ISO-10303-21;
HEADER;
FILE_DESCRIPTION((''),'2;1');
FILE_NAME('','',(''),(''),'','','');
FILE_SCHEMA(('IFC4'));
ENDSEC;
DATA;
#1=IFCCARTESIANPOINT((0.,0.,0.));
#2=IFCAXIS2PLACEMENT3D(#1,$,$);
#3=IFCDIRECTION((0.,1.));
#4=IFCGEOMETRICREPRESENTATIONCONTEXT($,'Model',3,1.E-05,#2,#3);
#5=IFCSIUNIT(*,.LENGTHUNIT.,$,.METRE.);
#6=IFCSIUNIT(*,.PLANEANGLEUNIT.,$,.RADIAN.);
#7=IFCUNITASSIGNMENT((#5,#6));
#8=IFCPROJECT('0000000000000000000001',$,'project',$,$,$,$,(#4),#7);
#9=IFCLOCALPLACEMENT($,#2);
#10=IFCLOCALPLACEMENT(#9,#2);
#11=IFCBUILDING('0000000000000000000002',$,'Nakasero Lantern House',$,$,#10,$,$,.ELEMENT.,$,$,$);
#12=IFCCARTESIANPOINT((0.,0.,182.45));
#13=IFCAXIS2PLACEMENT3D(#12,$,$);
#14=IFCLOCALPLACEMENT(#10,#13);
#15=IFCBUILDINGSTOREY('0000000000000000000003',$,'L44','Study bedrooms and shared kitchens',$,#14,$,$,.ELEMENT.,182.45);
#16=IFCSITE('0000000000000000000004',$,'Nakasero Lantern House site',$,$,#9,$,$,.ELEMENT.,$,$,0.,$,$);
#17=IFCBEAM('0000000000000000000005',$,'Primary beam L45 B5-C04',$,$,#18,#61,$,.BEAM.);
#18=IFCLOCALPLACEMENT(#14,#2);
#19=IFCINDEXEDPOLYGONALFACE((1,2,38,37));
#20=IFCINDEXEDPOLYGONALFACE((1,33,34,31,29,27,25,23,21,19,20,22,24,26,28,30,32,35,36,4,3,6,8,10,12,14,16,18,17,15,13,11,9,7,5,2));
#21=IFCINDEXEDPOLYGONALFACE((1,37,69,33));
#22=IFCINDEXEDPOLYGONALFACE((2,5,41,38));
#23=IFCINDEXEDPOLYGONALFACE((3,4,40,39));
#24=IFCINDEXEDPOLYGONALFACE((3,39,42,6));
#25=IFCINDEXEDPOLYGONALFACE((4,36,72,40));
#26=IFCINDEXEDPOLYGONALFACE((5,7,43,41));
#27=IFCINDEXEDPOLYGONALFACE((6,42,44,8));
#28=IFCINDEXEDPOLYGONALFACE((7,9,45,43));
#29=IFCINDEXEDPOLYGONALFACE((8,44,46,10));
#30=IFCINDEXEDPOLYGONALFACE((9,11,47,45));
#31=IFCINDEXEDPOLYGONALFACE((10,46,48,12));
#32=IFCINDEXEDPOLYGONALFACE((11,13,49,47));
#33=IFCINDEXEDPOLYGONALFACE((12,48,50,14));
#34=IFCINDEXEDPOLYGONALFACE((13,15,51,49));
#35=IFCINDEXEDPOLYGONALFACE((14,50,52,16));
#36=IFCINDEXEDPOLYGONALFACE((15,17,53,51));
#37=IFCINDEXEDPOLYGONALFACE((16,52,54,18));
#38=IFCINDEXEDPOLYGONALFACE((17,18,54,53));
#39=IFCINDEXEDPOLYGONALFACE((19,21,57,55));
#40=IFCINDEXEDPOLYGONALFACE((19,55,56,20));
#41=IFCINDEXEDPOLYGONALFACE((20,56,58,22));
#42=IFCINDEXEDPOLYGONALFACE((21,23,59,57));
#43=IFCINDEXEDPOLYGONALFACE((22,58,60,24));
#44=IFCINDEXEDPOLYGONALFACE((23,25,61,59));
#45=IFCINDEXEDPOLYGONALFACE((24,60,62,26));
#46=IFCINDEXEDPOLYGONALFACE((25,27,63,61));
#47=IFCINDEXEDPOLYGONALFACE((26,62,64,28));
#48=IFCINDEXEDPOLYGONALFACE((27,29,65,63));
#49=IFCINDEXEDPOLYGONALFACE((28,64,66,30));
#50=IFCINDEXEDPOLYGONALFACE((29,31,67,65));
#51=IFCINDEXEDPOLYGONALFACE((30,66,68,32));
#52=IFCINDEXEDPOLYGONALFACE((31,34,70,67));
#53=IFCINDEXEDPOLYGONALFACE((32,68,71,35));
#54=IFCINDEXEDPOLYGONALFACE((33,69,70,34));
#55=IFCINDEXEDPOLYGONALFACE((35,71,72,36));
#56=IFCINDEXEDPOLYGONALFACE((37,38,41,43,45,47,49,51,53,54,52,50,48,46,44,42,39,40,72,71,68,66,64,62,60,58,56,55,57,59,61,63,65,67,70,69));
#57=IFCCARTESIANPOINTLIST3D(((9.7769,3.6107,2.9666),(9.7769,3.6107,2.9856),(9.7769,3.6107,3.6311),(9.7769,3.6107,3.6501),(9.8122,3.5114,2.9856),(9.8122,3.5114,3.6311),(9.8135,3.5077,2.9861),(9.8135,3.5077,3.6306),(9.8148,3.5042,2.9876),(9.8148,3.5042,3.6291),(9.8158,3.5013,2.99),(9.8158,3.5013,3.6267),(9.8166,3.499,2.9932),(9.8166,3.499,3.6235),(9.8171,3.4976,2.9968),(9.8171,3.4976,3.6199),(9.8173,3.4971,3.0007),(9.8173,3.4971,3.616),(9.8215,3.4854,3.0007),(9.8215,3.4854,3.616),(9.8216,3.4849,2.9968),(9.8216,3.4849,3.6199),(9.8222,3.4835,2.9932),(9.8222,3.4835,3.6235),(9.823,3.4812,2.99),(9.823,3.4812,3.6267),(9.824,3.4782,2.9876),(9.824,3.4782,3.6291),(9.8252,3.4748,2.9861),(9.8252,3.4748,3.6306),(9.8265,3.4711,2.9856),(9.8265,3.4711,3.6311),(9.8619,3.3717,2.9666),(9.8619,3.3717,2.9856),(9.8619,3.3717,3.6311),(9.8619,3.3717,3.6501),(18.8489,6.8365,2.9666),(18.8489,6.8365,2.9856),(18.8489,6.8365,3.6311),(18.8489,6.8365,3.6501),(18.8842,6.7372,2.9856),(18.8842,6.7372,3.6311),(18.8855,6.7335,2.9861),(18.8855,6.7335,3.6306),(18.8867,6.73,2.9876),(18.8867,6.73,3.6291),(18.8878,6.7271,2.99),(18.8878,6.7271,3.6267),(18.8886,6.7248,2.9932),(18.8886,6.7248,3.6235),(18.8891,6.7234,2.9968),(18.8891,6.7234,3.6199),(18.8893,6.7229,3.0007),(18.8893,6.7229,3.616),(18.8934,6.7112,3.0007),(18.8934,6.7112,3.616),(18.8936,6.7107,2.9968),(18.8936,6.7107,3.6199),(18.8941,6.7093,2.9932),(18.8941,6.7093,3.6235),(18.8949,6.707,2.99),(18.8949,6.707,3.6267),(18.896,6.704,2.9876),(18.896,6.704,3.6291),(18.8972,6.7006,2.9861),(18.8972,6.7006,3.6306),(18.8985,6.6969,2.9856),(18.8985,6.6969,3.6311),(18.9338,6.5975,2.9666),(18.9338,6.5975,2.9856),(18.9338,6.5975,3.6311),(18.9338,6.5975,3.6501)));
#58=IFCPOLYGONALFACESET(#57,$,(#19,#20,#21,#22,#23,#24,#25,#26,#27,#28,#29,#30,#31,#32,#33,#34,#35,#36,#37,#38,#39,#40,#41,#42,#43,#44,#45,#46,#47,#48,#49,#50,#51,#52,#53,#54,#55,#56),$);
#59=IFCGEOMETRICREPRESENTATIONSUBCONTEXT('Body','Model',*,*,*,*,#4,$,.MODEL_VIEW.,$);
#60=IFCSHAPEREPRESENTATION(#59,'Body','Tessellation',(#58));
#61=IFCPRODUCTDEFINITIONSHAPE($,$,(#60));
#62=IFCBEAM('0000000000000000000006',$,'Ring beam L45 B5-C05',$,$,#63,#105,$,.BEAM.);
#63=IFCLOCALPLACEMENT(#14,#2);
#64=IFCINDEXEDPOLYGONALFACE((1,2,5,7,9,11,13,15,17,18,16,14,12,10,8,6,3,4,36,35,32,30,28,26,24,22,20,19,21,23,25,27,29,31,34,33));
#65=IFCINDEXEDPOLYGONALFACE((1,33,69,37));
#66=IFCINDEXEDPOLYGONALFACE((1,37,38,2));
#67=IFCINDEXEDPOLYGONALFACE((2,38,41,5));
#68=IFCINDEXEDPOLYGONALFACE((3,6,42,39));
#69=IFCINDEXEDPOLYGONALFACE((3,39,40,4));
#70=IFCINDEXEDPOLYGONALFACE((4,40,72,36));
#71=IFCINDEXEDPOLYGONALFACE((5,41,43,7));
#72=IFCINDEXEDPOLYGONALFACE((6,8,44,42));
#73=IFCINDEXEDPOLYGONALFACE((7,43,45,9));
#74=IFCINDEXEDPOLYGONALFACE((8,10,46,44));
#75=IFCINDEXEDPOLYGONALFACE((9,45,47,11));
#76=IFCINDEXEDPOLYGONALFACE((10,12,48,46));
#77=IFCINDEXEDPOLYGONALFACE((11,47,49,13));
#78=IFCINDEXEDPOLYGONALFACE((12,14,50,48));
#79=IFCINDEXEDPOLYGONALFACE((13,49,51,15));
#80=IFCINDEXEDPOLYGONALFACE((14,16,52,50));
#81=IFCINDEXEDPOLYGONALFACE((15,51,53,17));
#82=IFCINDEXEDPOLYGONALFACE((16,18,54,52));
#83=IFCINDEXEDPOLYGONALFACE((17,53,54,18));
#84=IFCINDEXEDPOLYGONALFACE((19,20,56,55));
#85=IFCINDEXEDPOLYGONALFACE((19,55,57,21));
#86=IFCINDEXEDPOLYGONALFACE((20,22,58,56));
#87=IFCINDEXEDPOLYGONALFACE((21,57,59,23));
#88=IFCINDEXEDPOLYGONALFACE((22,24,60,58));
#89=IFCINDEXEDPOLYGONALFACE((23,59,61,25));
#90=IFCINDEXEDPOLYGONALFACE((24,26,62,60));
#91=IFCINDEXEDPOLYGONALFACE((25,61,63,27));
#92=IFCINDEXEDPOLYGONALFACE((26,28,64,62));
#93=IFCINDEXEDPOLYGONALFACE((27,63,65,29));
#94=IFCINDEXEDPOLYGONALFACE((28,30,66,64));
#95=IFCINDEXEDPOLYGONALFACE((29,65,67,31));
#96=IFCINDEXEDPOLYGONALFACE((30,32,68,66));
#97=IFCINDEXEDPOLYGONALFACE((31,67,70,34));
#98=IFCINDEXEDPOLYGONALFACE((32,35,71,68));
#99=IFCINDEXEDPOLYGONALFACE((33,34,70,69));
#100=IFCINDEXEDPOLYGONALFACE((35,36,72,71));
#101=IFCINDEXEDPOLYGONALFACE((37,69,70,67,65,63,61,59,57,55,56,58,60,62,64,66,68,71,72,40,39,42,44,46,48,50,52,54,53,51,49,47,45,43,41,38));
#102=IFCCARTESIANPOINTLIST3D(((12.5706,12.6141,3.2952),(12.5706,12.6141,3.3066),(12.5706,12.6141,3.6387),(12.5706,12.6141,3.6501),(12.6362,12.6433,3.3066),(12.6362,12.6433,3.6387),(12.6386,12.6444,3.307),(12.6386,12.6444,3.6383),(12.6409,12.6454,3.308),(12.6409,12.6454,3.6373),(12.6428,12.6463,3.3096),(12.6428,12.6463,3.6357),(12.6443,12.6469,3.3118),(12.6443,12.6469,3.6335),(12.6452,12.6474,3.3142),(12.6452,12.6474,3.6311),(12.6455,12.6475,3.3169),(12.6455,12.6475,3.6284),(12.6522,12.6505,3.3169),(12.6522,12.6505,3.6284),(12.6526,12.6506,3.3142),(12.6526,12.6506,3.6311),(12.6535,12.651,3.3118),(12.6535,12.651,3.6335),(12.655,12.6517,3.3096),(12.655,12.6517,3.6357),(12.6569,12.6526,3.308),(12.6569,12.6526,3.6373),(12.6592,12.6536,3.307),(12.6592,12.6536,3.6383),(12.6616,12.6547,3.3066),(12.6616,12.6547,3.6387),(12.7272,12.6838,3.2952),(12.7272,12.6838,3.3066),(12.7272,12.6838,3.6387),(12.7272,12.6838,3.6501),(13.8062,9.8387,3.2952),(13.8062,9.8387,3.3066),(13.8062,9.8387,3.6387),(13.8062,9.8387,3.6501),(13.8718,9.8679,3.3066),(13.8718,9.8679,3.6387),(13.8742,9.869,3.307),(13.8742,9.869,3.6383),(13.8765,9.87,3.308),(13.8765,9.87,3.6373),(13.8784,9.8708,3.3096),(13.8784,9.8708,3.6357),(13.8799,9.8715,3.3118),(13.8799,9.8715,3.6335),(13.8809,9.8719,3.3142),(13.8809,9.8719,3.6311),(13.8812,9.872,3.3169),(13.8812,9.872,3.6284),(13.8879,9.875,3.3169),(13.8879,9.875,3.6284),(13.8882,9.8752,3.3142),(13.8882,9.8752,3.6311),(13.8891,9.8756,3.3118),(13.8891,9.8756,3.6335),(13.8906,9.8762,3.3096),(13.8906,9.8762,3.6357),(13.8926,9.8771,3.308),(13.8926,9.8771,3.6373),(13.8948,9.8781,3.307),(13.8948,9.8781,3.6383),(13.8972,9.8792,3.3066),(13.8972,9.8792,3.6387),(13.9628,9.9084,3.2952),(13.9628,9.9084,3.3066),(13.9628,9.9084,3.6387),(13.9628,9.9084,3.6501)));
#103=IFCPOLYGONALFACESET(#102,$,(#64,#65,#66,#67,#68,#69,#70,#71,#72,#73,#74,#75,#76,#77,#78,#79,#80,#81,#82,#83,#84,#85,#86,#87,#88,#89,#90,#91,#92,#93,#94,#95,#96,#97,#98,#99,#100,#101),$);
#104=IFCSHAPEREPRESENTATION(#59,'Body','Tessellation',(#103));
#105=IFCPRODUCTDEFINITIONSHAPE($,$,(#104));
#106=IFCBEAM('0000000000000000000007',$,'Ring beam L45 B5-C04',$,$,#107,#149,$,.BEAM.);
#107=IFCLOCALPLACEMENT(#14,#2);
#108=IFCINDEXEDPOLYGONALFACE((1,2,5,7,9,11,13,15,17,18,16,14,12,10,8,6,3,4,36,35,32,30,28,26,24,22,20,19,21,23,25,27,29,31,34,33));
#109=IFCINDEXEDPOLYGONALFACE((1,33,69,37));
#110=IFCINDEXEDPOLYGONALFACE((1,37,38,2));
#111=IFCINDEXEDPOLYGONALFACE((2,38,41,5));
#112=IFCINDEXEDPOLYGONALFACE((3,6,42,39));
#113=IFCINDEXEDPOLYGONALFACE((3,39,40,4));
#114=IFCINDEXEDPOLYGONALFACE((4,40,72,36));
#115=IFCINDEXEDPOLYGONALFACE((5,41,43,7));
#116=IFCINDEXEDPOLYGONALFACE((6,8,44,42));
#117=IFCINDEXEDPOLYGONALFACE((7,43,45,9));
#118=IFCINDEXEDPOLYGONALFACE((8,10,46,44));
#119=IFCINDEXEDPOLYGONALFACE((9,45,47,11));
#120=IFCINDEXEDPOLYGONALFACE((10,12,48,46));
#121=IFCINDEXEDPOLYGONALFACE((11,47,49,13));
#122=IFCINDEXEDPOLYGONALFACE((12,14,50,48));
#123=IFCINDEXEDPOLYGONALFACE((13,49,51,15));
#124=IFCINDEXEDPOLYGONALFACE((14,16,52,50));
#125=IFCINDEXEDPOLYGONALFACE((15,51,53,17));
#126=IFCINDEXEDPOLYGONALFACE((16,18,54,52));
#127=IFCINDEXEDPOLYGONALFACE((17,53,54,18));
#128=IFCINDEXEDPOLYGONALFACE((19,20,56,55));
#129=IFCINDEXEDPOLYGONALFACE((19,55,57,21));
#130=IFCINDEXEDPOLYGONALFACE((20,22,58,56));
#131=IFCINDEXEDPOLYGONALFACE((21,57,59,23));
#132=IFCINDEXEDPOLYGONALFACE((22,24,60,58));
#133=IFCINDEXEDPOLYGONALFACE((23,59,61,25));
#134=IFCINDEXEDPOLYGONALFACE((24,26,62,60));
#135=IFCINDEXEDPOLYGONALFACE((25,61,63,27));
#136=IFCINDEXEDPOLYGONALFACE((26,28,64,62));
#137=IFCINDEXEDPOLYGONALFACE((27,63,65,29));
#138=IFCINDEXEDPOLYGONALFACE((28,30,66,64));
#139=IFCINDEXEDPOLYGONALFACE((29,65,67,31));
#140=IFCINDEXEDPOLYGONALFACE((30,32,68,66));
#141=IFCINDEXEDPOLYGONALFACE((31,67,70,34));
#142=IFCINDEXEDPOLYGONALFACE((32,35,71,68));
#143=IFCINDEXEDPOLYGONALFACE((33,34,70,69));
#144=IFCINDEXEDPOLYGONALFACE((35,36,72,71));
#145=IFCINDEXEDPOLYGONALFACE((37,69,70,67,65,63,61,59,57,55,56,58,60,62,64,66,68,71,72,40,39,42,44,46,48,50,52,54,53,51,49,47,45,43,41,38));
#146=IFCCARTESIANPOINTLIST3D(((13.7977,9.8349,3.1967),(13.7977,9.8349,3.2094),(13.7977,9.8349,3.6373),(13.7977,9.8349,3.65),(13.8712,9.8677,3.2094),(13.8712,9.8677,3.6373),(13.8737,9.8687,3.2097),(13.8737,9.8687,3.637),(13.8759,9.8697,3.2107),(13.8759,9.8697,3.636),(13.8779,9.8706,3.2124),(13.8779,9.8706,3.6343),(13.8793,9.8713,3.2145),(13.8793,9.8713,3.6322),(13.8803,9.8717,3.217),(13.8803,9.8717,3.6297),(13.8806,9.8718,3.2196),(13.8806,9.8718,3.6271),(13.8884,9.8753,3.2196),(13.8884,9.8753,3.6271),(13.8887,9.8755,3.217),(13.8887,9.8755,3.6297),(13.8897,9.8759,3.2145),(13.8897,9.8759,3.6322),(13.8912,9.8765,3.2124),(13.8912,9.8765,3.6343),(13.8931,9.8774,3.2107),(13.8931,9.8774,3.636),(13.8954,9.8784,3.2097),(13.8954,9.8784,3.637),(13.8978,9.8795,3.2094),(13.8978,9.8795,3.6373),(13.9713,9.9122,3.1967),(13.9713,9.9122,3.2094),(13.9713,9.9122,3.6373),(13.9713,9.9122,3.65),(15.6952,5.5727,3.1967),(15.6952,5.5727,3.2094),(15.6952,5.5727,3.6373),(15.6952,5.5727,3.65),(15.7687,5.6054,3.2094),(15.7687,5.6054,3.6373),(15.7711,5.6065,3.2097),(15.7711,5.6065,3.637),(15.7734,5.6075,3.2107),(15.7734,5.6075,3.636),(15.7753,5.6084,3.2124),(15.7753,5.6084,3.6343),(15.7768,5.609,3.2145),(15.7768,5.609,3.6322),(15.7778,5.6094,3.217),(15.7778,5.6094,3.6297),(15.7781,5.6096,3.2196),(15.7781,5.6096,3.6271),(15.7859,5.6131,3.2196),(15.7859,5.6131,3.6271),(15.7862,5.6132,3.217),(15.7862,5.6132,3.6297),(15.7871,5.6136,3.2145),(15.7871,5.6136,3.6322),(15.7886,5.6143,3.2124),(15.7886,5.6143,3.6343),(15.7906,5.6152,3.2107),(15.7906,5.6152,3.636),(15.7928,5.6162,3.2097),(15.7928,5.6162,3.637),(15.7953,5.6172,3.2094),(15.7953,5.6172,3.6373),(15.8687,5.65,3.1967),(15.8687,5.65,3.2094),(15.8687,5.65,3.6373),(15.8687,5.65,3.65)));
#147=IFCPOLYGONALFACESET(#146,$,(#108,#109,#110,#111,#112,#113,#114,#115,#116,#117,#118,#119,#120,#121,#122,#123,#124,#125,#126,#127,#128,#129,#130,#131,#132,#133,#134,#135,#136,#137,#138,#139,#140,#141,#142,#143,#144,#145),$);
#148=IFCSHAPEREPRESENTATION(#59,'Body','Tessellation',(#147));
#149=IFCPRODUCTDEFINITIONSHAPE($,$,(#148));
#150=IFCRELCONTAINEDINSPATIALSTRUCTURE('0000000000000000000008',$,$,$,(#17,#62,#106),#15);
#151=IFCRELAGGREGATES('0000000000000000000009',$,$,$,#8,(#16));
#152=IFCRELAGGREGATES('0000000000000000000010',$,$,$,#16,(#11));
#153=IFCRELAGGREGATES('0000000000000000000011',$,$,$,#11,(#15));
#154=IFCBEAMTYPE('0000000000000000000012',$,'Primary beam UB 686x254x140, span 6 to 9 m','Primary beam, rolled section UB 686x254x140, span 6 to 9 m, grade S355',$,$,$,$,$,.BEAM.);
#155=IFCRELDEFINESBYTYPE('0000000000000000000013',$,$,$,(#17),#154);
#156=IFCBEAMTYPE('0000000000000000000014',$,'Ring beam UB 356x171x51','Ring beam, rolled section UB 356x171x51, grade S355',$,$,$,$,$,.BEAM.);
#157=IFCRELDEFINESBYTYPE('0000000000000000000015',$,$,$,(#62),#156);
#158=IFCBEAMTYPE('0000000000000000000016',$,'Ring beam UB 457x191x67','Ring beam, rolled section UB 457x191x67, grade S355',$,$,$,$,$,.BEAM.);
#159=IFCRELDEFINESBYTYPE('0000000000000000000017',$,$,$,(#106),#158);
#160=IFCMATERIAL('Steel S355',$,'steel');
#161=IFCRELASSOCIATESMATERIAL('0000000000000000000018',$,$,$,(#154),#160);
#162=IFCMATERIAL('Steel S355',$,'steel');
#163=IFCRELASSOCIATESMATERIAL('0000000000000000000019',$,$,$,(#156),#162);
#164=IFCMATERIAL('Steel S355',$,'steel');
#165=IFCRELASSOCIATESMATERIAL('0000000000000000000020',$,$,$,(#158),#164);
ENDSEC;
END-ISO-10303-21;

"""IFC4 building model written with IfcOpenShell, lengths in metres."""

from ifc_helpers import new_model, si_unit, direction, frame, origin, origin_2d, place, context, subcontext, project, spatial, i_section, extrude, material, material_profile, profile_set, type_object, element, save


model = new_model("IFC4")

# Units and contexts
model_context = context("Model", 3, precision=1e-05, world=origin(), true_north=direction((0.0, 1.0)))
body_context = subcontext(model_context, "Body", "Model", "MODEL_VIEW")
ifc_project = project(units=[si_unit("LENGTHUNIT", "METRE"), si_unit("PLANEANGLEUNIT", "RADIAN")], contexts=[model_context])

# Site, building, storey
site_placement = place(None, origin())
site = spatial("IfcSite", under=ifc_project, at=site_placement, Name="Nakasero Lantern House site", CompositionType="ELEMENT", RefElevation=0.0)
building_placement = place(site_placement, origin())
building = spatial("IfcBuilding", under=site, at=building_placement, Name="Nakasero Lantern House", CompositionType="ELEMENT")
storey_placement = place(building_placement, frame((0.0, 0.0, 182.45)))
storey = spatial("IfcBuildingStorey", under=building, at=storey_placement, Name="L44", Description="Study bedrooms and shared kitchens", CompositionType="ELEMENT", Elevation=182.45)

# Beams
ifc_material_1 = material(Name="Steel S355", Category="steel")
ifc_material_profile_1 = material_profile(ifc_material_1, i_section(OverallWidth=0.2537, OverallDepth=0.6836, WebThickness=0.0125, FlangeThickness=0.019, FilletRadius=0.0151, at=origin_2d()), Name="UB 686x254x140")
ifc_profile_set_1 = profile_set([ifc_material_profile_1], Name="Steel S355")
beam_type_1 = type_object("IfcBeamType", Name="Primary beam UB 686x254x140, span 6 to 9 m", Description="Primary beam, rolled section UB 686x254x140, span 6 to 9 m, grade S355", PredefinedType="BEAM", material=ifc_profile_set_1)
beam_1_placement = place(storey_placement, frame((18.8914, 6.717, 3.3083), z_axis=(-0.942207, -0.33503, 0.0), x_axis=(0.33503, -0.942207, 0.0)))
element("IfcBeam", 1, at=beam_1_placement, inside=storey, type_object=beam_type_1, Name="Primary beam L45 B5-C04", PredefinedType="BEAM", context=body_context, shape_type="SweptSolid", body=[
    extrude(i_section(OverallWidth=0.2537, OverallDepth=0.6836, WebThickness=0.0125, FlangeThickness=0.019, FilletRadius=0.0151, at=origin_2d()), origin(), (0.0, 0.0, 1.0), 9.6284),
])
ifc_material_2 = material(Name="Steel S355", Category="steel")
ifc_material_profile_2 = material_profile(ifc_material_2, i_section(OverallWidth=0.1714, OverallDepth=0.355, WebThickness=0.0073, FlangeThickness=0.0115, FilletRadius=0.0103, at=origin_2d()), Name="UB 356x171x51")
ifc_profile_set_2 = profile_set([ifc_material_profile_2], Name="Steel S355")
beam_type_2 = type_object("IfcBeamType", Name="Ring beam UB 356x171x51", Description="Ring beam, rolled section UB 356x171x51, grade S355", PredefinedType="BEAM", material=ifc_profile_set_2)
beam_2_placement = place(storey_placement, frame((13.8845, 9.8735, 3.4727), z_axis=(-0.406713, 0.913556, 0.0), x_axis=(-0.913556, -0.406713, 0.0)))
element("IfcBeam", 2, at=beam_2_placement, inside=storey, type_object=beam_type_2, Name="Ring beam L45 B5-C05", PredefinedType="BEAM", context=body_context, shape_type="SweptSolid", body=[
    extrude(i_section(OverallWidth=0.1714, OverallDepth=0.355, WebThickness=0.0073, FlangeThickness=0.0115, FilletRadius=0.0103, at=origin_2d()), origin(), (0.0, 0.0, 1.0), 3.0381),
])
ifc_material_3 = material(Name="Steel S355", Category="steel")
ifc_material_profile_3 = material_profile(ifc_material_3, i_section(OverallWidth=0.1899, OverallDepth=0.4534, WebThickness=0.0085, FlangeThickness=0.0127, FilletRadius=0.0103, at=origin_2d()), Name="UB 457x191x67")
ifc_profile_set_3 = profile_set([ifc_material_profile_3], Name="Steel S355")
beam_type_3 = type_object("IfcBeamType", Name="Ring beam UB 457x191x67", Description="Ring beam, rolled section UB 457x191x67, grade S355", PredefinedType="BEAM", material=ifc_profile_set_3)
beam_3_placement = place(storey_placement, frame((15.782, 5.6113, 3.4233), z_axis=(-0.406702, 0.913561, 0.0), x_axis=(-0.913561, -0.406702, 0.0)))
element("IfcBeam", 3, at=beam_3_placement, inside=storey, type_object=beam_type_3, Name="Ring beam L45 B5-C04", PredefinedType="BEAM", context=body_context, shape_type="SweptSolid", body=[
    extrude(i_section(OverallWidth=0.1899, OverallDepth=0.4534, WebThickness=0.0085, FlangeThickness=0.0127, FilletRadius=0.0103, at=origin_2d()), origin(), (0.0, 0.0, 1.0), 4.6655),
])

save(model, "model.ifc")
